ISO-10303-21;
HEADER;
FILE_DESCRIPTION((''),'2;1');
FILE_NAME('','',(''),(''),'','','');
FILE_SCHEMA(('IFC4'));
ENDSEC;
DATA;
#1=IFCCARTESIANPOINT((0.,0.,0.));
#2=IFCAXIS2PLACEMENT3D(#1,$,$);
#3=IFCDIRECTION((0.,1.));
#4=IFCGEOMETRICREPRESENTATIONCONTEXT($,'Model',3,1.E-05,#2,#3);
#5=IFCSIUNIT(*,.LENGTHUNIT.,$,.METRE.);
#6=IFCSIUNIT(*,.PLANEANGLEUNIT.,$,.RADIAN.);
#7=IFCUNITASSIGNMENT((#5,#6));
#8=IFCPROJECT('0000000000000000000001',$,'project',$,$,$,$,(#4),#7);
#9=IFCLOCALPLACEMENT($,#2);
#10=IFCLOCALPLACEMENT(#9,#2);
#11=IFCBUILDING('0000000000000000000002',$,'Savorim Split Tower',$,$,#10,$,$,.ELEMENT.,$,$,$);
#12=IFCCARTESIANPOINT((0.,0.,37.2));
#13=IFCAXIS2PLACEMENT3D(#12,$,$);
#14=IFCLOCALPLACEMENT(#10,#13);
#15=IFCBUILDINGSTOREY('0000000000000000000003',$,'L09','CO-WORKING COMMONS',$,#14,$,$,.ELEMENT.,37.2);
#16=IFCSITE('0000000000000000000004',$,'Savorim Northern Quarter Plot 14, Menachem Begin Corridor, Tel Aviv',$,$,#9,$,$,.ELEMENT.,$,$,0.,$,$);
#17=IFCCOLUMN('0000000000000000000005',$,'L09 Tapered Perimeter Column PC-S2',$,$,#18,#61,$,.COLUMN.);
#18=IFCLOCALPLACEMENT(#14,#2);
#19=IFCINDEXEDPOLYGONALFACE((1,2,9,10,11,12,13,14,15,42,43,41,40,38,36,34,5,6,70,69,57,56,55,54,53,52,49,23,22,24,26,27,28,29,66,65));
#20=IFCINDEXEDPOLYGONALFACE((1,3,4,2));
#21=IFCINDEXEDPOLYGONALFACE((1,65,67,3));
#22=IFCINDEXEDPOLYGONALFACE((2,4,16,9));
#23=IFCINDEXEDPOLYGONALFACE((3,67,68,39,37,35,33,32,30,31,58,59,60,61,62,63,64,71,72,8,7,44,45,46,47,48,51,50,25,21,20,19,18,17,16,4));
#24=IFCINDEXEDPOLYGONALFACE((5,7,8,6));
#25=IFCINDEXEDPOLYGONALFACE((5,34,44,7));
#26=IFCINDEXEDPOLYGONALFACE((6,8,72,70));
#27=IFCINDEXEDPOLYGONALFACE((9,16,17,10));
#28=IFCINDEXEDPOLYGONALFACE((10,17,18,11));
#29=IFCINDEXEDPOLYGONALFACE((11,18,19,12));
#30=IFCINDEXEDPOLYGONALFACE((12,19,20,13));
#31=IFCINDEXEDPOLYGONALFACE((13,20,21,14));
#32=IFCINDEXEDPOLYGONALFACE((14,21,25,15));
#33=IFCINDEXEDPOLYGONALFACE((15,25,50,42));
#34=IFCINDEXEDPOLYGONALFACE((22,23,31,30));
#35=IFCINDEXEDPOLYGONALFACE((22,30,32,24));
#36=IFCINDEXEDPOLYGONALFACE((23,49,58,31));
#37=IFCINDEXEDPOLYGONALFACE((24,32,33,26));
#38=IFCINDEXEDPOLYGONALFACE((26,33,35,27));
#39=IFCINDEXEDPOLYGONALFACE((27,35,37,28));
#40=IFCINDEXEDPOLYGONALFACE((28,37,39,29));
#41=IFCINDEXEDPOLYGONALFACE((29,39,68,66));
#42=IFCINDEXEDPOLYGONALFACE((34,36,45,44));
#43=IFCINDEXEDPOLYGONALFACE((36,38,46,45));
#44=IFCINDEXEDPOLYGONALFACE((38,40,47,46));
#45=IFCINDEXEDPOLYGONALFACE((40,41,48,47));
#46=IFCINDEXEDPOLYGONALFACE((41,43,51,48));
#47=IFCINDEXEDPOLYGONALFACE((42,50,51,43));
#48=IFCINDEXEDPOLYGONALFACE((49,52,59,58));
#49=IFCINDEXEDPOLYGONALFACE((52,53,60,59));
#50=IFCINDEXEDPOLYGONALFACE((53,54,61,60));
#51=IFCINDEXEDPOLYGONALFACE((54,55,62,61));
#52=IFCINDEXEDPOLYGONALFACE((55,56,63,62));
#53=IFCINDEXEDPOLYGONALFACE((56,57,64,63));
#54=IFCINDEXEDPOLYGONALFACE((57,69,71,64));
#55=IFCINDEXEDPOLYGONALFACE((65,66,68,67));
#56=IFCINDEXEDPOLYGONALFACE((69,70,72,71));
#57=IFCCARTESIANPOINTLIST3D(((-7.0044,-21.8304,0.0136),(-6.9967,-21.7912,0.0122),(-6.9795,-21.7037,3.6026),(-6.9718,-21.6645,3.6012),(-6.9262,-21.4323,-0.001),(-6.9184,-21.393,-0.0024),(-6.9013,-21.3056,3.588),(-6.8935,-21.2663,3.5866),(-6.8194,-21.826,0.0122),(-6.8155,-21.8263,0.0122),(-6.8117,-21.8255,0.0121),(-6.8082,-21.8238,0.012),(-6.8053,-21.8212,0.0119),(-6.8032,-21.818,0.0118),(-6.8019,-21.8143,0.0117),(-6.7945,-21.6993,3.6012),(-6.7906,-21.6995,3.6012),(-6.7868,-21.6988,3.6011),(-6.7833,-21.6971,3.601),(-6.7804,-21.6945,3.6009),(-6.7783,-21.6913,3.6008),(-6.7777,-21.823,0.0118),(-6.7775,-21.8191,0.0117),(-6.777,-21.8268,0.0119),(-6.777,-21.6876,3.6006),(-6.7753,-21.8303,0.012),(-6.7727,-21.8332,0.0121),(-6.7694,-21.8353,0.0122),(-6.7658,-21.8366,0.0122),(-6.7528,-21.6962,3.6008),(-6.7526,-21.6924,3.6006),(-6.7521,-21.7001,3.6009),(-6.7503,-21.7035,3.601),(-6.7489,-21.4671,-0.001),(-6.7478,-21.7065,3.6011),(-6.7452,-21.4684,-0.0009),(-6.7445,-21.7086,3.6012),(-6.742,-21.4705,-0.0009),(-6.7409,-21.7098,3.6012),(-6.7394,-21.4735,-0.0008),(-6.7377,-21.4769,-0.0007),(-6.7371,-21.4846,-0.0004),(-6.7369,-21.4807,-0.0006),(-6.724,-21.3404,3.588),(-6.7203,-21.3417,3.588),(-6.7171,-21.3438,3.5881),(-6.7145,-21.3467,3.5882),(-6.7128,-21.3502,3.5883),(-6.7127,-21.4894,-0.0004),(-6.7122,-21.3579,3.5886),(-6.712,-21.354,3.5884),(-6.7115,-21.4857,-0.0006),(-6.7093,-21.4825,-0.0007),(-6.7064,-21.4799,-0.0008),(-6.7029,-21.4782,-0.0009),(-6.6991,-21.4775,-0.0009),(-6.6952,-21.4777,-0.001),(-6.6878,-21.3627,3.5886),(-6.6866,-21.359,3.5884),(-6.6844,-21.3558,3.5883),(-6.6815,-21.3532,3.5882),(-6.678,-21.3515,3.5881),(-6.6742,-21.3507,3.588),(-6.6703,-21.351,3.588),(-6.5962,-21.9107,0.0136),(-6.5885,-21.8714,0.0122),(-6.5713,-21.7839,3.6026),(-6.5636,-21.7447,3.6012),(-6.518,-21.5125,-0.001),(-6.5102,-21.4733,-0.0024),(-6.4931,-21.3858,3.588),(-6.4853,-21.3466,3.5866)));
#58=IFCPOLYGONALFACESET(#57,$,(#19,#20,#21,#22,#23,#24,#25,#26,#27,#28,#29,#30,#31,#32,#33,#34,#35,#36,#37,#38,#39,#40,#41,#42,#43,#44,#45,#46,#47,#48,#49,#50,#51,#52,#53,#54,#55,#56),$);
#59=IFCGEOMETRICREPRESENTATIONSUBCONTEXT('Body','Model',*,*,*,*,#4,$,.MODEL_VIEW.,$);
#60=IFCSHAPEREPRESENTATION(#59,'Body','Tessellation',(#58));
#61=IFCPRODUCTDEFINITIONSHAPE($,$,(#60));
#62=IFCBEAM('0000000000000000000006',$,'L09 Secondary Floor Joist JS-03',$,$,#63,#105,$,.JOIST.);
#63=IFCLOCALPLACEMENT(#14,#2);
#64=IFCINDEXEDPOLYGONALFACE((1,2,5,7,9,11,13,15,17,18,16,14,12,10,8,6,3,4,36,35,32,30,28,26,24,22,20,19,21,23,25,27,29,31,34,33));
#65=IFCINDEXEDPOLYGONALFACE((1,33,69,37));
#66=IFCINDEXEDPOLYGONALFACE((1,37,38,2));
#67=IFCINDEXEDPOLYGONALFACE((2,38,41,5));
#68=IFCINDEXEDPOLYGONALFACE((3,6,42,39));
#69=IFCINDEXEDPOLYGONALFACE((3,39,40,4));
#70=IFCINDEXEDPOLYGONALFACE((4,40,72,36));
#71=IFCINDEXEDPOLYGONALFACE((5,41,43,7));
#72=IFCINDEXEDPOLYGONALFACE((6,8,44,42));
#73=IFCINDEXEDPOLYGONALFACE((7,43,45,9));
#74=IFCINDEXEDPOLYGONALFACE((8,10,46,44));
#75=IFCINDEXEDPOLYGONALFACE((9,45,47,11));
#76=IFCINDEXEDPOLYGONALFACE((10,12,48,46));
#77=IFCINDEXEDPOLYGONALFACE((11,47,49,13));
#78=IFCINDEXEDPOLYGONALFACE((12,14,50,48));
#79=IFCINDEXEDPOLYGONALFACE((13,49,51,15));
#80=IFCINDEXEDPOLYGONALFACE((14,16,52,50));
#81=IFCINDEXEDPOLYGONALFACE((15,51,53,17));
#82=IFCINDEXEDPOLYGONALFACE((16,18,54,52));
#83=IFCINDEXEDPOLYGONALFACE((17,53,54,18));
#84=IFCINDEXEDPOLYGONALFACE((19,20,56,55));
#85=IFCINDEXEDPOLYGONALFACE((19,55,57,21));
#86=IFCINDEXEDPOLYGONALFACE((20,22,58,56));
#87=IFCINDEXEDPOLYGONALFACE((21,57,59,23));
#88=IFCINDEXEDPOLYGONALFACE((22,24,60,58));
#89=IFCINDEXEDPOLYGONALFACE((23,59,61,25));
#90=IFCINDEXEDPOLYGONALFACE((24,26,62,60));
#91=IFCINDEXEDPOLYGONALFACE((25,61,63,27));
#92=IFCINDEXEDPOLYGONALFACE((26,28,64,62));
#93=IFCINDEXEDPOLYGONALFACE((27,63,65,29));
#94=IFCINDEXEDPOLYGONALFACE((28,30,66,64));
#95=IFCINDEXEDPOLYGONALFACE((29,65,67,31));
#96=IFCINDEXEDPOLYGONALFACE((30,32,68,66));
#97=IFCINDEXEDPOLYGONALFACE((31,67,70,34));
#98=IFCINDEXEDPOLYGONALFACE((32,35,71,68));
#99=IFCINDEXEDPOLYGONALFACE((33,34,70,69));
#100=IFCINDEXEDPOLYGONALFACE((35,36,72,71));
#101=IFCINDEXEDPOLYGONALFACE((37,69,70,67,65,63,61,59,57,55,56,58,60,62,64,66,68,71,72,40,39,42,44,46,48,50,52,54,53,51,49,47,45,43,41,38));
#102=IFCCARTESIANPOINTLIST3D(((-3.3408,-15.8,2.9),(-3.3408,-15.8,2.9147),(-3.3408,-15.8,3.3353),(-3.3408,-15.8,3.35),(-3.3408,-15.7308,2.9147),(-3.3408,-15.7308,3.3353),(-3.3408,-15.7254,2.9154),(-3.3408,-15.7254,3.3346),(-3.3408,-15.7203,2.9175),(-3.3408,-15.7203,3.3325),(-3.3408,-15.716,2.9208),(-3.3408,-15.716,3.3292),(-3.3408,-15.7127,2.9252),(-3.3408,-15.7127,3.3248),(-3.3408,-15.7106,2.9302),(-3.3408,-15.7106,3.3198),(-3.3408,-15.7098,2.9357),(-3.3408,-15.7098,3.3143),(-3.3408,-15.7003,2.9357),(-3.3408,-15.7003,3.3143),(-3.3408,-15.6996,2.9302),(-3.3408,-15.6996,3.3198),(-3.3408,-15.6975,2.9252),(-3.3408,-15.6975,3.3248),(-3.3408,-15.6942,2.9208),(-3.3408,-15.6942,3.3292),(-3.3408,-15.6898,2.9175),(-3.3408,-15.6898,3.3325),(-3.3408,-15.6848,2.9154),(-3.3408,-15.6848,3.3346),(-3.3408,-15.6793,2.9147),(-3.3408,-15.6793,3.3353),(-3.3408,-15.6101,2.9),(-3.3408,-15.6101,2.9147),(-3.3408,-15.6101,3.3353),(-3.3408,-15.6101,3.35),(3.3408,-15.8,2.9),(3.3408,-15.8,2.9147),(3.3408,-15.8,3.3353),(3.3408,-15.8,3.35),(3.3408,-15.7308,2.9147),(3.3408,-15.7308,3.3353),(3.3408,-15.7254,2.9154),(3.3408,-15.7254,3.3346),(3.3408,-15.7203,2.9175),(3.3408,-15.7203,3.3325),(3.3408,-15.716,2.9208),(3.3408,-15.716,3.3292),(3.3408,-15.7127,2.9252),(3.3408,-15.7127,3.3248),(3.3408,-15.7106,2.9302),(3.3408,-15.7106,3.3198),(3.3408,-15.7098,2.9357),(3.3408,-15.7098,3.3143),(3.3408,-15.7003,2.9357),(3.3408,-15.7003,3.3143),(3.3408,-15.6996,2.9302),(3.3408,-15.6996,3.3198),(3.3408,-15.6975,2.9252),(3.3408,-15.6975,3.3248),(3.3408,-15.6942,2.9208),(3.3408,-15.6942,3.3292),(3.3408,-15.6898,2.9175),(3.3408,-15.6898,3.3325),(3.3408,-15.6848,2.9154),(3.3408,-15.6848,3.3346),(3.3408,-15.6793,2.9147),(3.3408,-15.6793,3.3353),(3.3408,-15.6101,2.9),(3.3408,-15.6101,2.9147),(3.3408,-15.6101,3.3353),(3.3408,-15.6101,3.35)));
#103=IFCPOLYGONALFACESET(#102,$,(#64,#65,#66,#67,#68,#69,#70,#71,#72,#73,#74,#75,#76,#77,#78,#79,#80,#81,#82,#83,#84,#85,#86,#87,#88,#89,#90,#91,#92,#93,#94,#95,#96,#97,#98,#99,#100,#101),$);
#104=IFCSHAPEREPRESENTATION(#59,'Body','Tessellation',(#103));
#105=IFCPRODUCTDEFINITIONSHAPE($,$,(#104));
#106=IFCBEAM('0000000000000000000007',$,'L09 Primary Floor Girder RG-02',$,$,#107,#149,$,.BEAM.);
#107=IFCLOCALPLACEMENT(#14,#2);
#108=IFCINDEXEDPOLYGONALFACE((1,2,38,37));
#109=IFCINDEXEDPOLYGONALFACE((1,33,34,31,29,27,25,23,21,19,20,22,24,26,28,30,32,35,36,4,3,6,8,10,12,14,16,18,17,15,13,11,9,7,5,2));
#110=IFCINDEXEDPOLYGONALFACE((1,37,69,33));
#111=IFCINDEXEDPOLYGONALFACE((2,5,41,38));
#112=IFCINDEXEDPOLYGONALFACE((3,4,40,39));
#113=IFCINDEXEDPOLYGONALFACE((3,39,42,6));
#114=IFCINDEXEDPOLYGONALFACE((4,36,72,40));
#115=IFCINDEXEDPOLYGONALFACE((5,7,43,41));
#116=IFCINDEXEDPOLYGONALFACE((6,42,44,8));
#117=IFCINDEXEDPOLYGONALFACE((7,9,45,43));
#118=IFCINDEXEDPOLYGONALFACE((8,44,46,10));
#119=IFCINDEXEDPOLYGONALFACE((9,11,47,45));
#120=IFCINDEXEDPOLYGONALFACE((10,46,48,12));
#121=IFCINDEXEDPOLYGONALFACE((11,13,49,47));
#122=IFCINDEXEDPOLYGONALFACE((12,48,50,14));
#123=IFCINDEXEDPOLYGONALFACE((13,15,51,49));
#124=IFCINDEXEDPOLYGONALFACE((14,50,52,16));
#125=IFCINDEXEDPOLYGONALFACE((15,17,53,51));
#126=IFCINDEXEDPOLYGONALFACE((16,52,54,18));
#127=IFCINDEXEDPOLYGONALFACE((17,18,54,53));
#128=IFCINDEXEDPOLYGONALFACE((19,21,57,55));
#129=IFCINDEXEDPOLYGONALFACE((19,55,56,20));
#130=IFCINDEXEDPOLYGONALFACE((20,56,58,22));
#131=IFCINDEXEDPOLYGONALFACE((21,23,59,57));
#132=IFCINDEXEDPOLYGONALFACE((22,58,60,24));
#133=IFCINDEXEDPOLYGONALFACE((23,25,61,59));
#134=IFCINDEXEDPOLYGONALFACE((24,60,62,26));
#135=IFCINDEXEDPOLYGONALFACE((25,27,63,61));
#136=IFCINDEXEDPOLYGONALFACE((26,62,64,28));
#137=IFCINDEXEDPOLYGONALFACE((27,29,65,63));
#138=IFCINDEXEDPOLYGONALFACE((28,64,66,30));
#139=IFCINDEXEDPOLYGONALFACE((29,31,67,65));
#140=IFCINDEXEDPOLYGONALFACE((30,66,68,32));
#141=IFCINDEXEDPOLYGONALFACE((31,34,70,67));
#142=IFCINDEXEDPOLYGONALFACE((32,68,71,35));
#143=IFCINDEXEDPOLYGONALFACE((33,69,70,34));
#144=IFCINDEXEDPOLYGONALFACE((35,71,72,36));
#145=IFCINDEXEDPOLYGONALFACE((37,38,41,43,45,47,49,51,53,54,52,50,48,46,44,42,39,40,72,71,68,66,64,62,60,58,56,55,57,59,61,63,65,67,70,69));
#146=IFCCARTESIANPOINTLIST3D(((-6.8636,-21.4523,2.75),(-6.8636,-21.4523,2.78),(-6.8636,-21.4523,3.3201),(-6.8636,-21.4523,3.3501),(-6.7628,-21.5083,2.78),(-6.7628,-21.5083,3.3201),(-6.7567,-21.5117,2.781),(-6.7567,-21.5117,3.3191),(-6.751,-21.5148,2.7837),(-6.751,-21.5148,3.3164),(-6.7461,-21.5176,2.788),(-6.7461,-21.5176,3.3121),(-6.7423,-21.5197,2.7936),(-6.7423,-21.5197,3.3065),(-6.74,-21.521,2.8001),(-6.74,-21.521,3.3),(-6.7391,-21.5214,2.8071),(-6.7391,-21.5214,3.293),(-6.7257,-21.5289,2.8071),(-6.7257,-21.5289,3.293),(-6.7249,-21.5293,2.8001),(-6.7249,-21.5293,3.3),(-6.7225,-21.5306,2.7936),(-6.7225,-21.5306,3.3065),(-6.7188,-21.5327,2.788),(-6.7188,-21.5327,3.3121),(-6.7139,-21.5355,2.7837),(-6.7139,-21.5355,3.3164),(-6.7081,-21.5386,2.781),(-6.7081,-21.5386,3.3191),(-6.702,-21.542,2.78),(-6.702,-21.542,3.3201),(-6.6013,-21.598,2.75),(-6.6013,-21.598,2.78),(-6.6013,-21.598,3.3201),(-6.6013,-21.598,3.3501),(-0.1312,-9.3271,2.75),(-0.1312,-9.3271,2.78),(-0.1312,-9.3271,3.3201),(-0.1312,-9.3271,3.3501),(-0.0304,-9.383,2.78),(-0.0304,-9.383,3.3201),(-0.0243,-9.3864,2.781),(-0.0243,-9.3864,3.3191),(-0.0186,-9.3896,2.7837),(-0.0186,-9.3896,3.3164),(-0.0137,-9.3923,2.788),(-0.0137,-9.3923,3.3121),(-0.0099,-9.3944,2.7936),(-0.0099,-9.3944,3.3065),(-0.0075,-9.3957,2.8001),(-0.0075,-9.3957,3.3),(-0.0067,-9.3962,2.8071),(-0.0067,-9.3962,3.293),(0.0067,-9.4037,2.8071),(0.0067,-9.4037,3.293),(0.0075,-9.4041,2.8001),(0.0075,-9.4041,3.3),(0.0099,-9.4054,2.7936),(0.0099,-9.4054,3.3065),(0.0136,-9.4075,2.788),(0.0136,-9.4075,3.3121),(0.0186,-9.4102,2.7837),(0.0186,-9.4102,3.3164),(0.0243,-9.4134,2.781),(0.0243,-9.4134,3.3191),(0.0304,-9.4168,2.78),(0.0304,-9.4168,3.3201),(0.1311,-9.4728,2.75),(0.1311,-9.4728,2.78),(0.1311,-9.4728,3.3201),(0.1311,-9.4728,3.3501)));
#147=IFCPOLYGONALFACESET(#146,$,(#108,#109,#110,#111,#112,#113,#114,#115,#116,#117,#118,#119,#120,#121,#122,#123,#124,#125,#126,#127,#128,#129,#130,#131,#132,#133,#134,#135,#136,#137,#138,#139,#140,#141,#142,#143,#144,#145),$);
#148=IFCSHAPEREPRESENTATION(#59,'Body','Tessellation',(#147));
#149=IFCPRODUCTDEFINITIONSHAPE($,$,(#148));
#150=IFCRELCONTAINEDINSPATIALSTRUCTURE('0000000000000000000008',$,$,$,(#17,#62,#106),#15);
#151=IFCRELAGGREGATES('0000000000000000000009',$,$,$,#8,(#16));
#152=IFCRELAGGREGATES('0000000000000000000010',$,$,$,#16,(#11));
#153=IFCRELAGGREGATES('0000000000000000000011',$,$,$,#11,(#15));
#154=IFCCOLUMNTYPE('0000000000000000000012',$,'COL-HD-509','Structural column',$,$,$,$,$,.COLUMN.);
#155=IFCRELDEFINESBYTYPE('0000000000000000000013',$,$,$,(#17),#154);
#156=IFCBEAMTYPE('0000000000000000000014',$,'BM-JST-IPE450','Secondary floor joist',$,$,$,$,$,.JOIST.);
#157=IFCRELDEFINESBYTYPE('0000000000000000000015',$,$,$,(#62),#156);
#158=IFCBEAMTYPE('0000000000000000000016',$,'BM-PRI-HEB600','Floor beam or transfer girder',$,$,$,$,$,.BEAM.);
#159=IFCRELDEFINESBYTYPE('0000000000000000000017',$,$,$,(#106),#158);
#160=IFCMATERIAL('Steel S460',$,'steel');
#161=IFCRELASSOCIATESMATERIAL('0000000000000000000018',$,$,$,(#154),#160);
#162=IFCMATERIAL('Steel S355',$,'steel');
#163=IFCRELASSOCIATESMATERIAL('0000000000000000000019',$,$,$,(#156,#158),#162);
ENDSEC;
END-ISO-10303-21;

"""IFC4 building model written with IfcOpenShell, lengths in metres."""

from ifc_helpers import new_model, si_unit, direction, frame, origin, origin_2d, place, context, subcontext, project, spatial, i_section, extrude, material, material_profile, profile_set, type_object, element, save


model = new_model("IFC4")

# Units and contexts
model_context = context("Model", 3, precision=1e-05, world=origin(), true_north=direction((0.0, 1.0)))
body_context = subcontext(model_context, "Body", "Model", "MODEL_VIEW")
ifc_project = project(units=[si_unit("LENGTHUNIT", "METRE"), si_unit("PLANEANGLEUNIT", "RADIAN")], contexts=[model_context])

# Site, building, storey
site_placement = place(None, origin())
site = spatial("IfcSite", under=ifc_project, at=site_placement, Name="Savorim Northern Quarter Plot 14, Menachem Begin Corridor, Tel Aviv", CompositionType="ELEMENT", RefElevation=0.0)
building_placement = place(site_placement, origin())
building = spatial("IfcBuilding", under=site, at=building_placement, Name="Savorim Split Tower", CompositionType="ELEMENT")
storey_placement = place(building_placement, frame((0.0, 0.0, 37.2)))
storey = spatial("IfcBuildingStorey", under=building, at=storey_placement, Name="L09", Description="CO-WORKING COMMONS", CompositionType="ELEMENT", Elevation=37.2)

# Column
ifc_material_1 = material(Name="Steel S460", Category="steel")
ifc_material_profile_1 = material_profile(ifc_material_1, i_section(OverallWidth=0.416, OverallDepth=0.446, WebThickness=0.0249, FlangeThickness=0.04, FilletRadius=0.0149, at=origin_2d()), Name="HD 400x509")
ifc_profile_set_1 = profile_set([ifc_material_profile_1], Name="Steel S460")
column_type = type_object("IfcColumnType", Name="COL-HD-509", Description="Structural column", PredefinedType="COLUMN", material=ifc_profile_set_1)
column_placement = place(storey_placement, frame((-6.7573, -21.6519, 0.0056), z_axis=(0.006934, 0.035283, 0.999353), x_axis=(-0.98123, 0.192843, 0.0)))
element("IfcColumn", 1, at=column_placement, inside=storey, type_object=column_type, Name="L09 Tapered Perimeter Column PC-S2", PredefinedType="COLUMN", context=body_context, shape_type="SweptSolid", body=[
    extrude(i_section(OverallWidth=0.416, OverallDepth=0.446, WebThickness=0.0249, FlangeThickness=0.04, FilletRadius=0.0149, at=origin_2d()), origin(), (0.0, 0.0, 1.0), 3.5913),
])

# Beams
ifc_material_2 = material(Name="Steel S355", Category="steel")
ifc_material_profile_2 = material_profile(ifc_material_2, i_section(OverallWidth=0.1899, OverallDepth=0.45, WebThickness=0.0095, FlangeThickness=0.0146, FilletRadius=0.021, at=origin_2d()), Name="IPE 450")
ifc_profile_set_2 = profile_set([ifc_material_profile_2], Name="Steel S355")
beam_type_1 = type_object("IfcBeamType", Name="BM-JST-IPE450", Description="Secondary floor joist", PredefinedType="JOIST", material=ifc_profile_set_2)
beam_1_placement = place(storey_placement, frame((-3.3408, -15.7051, 3.125), z_axis=(1.0, 0.0, 0.0), x_axis=(0.0, 1.0, 0.0)))
element("IfcBeam", 2, at=beam_1_placement, inside=storey, type_object=beam_type_1, Name="L09 Secondary Floor Joist JS-03", PredefinedType="JOIST", context=body_context, shape_type="SweptSolid", body=[
    extrude(i_section(OverallWidth=0.1899, OverallDepth=0.45, WebThickness=0.0095, FlangeThickness=0.0146, FilletRadius=0.021, at=origin_2d()), origin(), (0.0, 0.0, 1.0), 6.6816),
])
ifc_material_profile_3 = material_profile(ifc_material_2, i_section(OverallWidth=0.3, OverallDepth=0.6001, WebThickness=0.0154, FlangeThickness=0.03, FilletRadius=0.0271, at=origin_2d()), Name="HEB 600")
ifc_profile_set_3 = profile_set([ifc_material_profile_3], Name="Steel S355")
beam_type_2 = type_object("IfcBeamType", Name="BM-PRI-HEB600", Description="Floor beam or transfer girder", PredefinedType="BEAM", material=ifc_profile_set_3)
beam_2_placement = place(storey_placement, frame((-6.7324, -21.5251, 3.05), z_axis=(0.485432, 0.874274, 0.0), x_axis=(-0.874274, 0.485432, 0.0)))
element("IfcBeam", 3, at=beam_2_placement, inside=storey, type_object=beam_type_2, Name="L09 Primary Floor Girder RG-02", PredefinedType="BEAM", context=body_context, shape_type="SweptSolid", body=[
    extrude(i_section(OverallWidth=0.3, OverallDepth=0.6001, WebThickness=0.0154, FlangeThickness=0.03, FilletRadius=0.0271, at=origin_2d()), origin(), (0.0, 0.0, 1.0), 13.8689),
])

save(model, "model.ifc")
